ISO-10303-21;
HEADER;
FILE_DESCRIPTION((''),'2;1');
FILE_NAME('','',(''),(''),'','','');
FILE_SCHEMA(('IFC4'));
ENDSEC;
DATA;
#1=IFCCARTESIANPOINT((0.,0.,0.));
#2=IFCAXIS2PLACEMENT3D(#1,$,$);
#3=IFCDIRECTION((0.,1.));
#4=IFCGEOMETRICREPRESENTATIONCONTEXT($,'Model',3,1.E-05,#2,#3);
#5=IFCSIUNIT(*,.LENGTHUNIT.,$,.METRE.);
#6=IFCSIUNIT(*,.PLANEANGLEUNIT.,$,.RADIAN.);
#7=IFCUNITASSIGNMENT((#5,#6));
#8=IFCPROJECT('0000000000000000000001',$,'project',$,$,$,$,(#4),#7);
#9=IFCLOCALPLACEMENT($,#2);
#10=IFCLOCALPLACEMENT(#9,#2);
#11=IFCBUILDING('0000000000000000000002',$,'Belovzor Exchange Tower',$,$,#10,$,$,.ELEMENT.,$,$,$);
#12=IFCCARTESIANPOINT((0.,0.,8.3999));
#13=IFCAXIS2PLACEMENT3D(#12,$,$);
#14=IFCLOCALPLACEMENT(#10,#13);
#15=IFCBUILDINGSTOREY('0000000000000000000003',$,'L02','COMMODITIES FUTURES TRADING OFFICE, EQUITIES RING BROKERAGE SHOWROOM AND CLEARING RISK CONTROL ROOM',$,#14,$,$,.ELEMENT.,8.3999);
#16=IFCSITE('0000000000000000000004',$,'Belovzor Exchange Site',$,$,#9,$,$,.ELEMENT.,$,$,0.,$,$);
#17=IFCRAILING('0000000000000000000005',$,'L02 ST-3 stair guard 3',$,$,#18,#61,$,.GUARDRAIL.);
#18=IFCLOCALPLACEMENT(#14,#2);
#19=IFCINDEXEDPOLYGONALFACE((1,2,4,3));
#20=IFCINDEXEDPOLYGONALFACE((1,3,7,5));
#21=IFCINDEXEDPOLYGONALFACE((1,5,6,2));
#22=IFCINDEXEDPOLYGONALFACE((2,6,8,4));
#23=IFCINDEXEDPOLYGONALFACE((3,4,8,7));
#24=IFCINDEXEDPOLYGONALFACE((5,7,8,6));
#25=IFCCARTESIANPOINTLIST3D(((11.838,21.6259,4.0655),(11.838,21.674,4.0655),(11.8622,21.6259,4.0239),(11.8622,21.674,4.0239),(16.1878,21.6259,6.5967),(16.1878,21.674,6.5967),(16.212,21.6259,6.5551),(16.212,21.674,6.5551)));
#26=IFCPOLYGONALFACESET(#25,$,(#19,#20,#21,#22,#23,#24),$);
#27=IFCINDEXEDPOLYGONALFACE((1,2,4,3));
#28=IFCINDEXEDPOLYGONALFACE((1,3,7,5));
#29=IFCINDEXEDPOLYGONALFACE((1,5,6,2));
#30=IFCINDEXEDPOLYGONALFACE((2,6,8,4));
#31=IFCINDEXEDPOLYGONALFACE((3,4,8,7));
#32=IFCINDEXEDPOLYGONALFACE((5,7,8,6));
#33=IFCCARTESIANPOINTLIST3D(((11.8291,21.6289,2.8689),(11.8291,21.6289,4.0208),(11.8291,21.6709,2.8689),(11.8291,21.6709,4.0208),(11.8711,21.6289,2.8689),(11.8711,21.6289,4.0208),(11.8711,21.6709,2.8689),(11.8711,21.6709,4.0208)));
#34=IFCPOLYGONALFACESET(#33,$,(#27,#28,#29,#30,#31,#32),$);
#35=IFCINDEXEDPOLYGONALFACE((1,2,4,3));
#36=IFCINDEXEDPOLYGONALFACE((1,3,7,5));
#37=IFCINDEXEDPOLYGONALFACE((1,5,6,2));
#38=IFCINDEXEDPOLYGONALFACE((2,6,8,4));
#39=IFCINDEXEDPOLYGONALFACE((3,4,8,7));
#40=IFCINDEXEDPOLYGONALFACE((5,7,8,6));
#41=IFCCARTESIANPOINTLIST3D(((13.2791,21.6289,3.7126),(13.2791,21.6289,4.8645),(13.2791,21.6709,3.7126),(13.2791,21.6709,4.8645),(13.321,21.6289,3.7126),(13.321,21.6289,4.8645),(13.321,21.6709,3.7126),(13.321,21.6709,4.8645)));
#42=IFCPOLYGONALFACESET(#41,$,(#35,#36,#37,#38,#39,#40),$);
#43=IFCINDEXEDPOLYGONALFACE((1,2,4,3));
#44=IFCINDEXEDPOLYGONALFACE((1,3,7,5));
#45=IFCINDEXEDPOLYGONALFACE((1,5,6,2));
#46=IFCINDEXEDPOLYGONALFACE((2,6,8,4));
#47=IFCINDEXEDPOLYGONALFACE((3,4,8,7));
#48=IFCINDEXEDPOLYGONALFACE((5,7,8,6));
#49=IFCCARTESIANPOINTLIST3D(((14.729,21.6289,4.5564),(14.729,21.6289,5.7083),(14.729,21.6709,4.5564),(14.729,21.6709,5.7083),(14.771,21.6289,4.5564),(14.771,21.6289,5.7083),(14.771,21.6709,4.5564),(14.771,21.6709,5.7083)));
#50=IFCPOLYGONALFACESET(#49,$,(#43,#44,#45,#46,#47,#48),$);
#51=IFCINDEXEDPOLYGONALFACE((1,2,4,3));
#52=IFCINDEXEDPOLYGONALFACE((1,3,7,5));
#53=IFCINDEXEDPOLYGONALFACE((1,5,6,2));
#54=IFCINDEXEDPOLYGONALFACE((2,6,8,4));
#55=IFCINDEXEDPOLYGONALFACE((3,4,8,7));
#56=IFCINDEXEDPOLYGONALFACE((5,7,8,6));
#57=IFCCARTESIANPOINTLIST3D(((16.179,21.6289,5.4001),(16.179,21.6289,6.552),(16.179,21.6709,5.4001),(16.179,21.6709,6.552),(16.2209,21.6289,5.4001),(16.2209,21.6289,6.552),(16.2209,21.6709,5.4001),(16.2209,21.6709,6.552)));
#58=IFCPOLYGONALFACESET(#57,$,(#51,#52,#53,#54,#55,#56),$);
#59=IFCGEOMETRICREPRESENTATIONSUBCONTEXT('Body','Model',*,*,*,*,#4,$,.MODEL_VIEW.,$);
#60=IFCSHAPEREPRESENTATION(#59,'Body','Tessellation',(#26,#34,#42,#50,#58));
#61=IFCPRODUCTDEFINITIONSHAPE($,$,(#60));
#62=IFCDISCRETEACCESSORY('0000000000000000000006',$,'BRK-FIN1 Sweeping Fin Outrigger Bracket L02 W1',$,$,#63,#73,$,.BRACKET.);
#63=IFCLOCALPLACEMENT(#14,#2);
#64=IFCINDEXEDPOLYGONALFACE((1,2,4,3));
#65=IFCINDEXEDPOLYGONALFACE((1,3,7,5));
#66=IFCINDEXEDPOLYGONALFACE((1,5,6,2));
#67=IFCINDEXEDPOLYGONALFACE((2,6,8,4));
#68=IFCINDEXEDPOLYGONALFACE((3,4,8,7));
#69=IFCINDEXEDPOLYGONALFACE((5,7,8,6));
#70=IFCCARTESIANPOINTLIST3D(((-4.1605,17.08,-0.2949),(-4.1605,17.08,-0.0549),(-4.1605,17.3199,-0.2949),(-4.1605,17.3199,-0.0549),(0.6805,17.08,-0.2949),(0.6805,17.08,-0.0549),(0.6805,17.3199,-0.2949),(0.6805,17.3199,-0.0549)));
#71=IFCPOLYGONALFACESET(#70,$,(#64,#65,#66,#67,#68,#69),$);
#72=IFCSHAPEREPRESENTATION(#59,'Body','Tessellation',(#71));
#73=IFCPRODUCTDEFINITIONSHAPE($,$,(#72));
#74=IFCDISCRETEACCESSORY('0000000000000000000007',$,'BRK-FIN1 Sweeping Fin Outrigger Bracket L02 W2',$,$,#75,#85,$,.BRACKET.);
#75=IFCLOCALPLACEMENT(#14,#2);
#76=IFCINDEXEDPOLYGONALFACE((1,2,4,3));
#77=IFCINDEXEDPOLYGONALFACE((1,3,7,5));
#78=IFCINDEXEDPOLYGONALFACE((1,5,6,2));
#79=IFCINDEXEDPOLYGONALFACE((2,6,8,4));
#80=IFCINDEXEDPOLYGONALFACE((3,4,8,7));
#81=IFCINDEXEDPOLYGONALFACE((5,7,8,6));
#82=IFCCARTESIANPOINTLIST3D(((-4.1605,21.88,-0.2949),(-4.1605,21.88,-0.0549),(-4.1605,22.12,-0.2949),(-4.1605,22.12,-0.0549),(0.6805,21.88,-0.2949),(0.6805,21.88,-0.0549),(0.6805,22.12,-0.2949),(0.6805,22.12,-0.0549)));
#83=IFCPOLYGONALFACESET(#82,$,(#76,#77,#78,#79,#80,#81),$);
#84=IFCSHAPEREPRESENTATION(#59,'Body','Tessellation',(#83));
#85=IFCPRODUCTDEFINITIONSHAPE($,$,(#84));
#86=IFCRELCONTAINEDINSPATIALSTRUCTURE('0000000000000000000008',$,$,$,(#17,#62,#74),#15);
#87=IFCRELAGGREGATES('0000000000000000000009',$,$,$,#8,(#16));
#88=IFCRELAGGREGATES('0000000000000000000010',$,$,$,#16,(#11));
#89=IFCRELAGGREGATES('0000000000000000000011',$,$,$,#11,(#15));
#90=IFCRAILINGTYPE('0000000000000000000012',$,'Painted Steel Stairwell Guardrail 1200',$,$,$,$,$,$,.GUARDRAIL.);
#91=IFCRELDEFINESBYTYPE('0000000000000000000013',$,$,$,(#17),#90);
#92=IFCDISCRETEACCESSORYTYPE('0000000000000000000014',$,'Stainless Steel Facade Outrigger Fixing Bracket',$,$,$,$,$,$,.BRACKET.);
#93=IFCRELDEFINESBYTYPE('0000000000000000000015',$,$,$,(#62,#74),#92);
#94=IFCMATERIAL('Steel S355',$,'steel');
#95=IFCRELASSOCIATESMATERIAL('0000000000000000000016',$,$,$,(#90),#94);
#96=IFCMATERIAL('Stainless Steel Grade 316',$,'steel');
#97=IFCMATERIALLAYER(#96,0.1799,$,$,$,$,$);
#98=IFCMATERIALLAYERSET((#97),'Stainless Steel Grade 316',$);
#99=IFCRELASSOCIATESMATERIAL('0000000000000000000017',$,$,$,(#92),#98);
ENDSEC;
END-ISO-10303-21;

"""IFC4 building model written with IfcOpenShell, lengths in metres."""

from ifc_helpers import new_model, si_unit, direction, frame, origin, origin_2d, place, context, subcontext, project, spatial, rectangle, extrude, material, layer, layer_set, type_object, element, save


model = new_model("IFC4")

# Units and contexts
model_context = context("Model", 3, precision=1e-05, world=origin(), true_north=direction((0.0, 1.0)))
body_context = subcontext(model_context, "Body", "Model", "MODEL_VIEW")
ifc_project = project(units=[si_unit("LENGTHUNIT", "METRE"), si_unit("PLANEANGLEUNIT", "RADIAN")], contexts=[model_context])

# Site, building, storey
site_placement = place(None, origin())
site = spatial("IfcSite", under=ifc_project, at=site_placement, Name="Belovzor Exchange Site", CompositionType="ELEMENT", RefElevation=0.0)
building_placement = place(site_placement, origin())
building = spatial("IfcBuilding", under=site, at=building_placement, Name="Belovzor Exchange Tower", CompositionType="ELEMENT")
storey_placement = place(building_placement, frame((0.0, 0.0, 8.3999)))
storey = spatial("IfcBuildingStorey", under=building, at=storey_placement, Name="L02", Description="COMMODITIES FUTURES TRADING OFFICE, EQUITIES RING BROKERAGE SHOWROOM AND CLEARING RISK CONTROL ROOM", CompositionType="ELEMENT", Elevation=8.3999)

# Railing
ifc_material_1 = material(Name="Steel S355", Category="steel")
railing_type_1 = type_object("IfcRailingType", Name="Painted Steel Stairwell Guardrail 1200", PredefinedType="GUARDRAIL", material=ifc_material_1)
railing_1_placement = place(storey_placement, frame((11.8501, 21.6499, 2.8689)))
element("IfcRailing", 1, at=railing_1_placement, inside=storey, type_object=railing_type_1, Name="L02 ST-3 stair guard 3", PredefinedType="GUARDRAIL", context=body_context, shape_type="SweptSolid", body=[
    extrude(rectangle(XDim=0.0481, YDim=0.0481, at=origin_2d()), frame((0.0, 0.0, 1.1758), z_axis=(0.864312, 0.0, 0.502957), x_axis=(0.0, 1.0, 0.0)), (0.0, 0.0, 1.0), 5.0327),
    extrude(rectangle(XDim=0.042, YDim=0.042, at=origin_2d()), origin(), (0.0, 0.0, 1.0), 1.1519),
    extrude(rectangle(XDim=0.042, YDim=0.042, at=origin_2d()), frame((1.45, 0.0, 0.8438)), (0.0, 0.0, 1.0), 1.1519),
    extrude(rectangle(XDim=0.042, YDim=0.042, at=origin_2d()), frame((2.8999, 0.0, 1.6875)), (0.0, 0.0, 1.0), 1.1519),
    extrude(rectangle(XDim=0.042, YDim=0.042, at=origin_2d()), frame((4.3499, 0.0, 2.5312)), (0.0, 0.0, 1.0), 1.1519),
])

# Discrete accessories
ifc_material_2 = material(Name="Stainless Steel Grade 316", Category="steel")
ifc_layer_1 = layer(ifc_material_2, 0.1799)
ifc_layer_set_1 = layer_set([ifc_layer_1], Name="Stainless Steel Grade 316")
discrete_accessory_type = type_object("IfcDiscreteAccessoryType", Name="Stainless Steel Facade Outrigger Fixing Bracket", PredefinedType="BRACKET", material=ifc_layer_set_1)
for number, where, z_axis, x_axis, name in (
    (2, (-1.74, 17.2, -0.2949), (0.0, 0.0, 1.0), (1.0, 0.0, 0.0), "BRK-FIN1 Sweeping Fin Outrigger Bracket L02 W1"),
    (3, (-1.74, 22.0, -0.2949), (0.0, 0.0, 1.0), (1.0, 0.0, 0.0), "BRK-FIN1 Sweeping Fin Outrigger Bracket L02 W2"),
):
    element("IfcDiscreteAccessory", number, at=place(storey_placement, frame(where, z_axis=z_axis, x_axis=x_axis)), inside=storey, type_object=discrete_accessory_type, Name=name, PredefinedType="BRACKET", context=body_context, shape_type="SweptSolid", body=[
        extrude(rectangle(XDim=4.8411, YDim=0.24, at=origin_2d()), origin(), (0.0, 0.0, 1.0), 0.24),
    ])

save(model, "model.ifc")
